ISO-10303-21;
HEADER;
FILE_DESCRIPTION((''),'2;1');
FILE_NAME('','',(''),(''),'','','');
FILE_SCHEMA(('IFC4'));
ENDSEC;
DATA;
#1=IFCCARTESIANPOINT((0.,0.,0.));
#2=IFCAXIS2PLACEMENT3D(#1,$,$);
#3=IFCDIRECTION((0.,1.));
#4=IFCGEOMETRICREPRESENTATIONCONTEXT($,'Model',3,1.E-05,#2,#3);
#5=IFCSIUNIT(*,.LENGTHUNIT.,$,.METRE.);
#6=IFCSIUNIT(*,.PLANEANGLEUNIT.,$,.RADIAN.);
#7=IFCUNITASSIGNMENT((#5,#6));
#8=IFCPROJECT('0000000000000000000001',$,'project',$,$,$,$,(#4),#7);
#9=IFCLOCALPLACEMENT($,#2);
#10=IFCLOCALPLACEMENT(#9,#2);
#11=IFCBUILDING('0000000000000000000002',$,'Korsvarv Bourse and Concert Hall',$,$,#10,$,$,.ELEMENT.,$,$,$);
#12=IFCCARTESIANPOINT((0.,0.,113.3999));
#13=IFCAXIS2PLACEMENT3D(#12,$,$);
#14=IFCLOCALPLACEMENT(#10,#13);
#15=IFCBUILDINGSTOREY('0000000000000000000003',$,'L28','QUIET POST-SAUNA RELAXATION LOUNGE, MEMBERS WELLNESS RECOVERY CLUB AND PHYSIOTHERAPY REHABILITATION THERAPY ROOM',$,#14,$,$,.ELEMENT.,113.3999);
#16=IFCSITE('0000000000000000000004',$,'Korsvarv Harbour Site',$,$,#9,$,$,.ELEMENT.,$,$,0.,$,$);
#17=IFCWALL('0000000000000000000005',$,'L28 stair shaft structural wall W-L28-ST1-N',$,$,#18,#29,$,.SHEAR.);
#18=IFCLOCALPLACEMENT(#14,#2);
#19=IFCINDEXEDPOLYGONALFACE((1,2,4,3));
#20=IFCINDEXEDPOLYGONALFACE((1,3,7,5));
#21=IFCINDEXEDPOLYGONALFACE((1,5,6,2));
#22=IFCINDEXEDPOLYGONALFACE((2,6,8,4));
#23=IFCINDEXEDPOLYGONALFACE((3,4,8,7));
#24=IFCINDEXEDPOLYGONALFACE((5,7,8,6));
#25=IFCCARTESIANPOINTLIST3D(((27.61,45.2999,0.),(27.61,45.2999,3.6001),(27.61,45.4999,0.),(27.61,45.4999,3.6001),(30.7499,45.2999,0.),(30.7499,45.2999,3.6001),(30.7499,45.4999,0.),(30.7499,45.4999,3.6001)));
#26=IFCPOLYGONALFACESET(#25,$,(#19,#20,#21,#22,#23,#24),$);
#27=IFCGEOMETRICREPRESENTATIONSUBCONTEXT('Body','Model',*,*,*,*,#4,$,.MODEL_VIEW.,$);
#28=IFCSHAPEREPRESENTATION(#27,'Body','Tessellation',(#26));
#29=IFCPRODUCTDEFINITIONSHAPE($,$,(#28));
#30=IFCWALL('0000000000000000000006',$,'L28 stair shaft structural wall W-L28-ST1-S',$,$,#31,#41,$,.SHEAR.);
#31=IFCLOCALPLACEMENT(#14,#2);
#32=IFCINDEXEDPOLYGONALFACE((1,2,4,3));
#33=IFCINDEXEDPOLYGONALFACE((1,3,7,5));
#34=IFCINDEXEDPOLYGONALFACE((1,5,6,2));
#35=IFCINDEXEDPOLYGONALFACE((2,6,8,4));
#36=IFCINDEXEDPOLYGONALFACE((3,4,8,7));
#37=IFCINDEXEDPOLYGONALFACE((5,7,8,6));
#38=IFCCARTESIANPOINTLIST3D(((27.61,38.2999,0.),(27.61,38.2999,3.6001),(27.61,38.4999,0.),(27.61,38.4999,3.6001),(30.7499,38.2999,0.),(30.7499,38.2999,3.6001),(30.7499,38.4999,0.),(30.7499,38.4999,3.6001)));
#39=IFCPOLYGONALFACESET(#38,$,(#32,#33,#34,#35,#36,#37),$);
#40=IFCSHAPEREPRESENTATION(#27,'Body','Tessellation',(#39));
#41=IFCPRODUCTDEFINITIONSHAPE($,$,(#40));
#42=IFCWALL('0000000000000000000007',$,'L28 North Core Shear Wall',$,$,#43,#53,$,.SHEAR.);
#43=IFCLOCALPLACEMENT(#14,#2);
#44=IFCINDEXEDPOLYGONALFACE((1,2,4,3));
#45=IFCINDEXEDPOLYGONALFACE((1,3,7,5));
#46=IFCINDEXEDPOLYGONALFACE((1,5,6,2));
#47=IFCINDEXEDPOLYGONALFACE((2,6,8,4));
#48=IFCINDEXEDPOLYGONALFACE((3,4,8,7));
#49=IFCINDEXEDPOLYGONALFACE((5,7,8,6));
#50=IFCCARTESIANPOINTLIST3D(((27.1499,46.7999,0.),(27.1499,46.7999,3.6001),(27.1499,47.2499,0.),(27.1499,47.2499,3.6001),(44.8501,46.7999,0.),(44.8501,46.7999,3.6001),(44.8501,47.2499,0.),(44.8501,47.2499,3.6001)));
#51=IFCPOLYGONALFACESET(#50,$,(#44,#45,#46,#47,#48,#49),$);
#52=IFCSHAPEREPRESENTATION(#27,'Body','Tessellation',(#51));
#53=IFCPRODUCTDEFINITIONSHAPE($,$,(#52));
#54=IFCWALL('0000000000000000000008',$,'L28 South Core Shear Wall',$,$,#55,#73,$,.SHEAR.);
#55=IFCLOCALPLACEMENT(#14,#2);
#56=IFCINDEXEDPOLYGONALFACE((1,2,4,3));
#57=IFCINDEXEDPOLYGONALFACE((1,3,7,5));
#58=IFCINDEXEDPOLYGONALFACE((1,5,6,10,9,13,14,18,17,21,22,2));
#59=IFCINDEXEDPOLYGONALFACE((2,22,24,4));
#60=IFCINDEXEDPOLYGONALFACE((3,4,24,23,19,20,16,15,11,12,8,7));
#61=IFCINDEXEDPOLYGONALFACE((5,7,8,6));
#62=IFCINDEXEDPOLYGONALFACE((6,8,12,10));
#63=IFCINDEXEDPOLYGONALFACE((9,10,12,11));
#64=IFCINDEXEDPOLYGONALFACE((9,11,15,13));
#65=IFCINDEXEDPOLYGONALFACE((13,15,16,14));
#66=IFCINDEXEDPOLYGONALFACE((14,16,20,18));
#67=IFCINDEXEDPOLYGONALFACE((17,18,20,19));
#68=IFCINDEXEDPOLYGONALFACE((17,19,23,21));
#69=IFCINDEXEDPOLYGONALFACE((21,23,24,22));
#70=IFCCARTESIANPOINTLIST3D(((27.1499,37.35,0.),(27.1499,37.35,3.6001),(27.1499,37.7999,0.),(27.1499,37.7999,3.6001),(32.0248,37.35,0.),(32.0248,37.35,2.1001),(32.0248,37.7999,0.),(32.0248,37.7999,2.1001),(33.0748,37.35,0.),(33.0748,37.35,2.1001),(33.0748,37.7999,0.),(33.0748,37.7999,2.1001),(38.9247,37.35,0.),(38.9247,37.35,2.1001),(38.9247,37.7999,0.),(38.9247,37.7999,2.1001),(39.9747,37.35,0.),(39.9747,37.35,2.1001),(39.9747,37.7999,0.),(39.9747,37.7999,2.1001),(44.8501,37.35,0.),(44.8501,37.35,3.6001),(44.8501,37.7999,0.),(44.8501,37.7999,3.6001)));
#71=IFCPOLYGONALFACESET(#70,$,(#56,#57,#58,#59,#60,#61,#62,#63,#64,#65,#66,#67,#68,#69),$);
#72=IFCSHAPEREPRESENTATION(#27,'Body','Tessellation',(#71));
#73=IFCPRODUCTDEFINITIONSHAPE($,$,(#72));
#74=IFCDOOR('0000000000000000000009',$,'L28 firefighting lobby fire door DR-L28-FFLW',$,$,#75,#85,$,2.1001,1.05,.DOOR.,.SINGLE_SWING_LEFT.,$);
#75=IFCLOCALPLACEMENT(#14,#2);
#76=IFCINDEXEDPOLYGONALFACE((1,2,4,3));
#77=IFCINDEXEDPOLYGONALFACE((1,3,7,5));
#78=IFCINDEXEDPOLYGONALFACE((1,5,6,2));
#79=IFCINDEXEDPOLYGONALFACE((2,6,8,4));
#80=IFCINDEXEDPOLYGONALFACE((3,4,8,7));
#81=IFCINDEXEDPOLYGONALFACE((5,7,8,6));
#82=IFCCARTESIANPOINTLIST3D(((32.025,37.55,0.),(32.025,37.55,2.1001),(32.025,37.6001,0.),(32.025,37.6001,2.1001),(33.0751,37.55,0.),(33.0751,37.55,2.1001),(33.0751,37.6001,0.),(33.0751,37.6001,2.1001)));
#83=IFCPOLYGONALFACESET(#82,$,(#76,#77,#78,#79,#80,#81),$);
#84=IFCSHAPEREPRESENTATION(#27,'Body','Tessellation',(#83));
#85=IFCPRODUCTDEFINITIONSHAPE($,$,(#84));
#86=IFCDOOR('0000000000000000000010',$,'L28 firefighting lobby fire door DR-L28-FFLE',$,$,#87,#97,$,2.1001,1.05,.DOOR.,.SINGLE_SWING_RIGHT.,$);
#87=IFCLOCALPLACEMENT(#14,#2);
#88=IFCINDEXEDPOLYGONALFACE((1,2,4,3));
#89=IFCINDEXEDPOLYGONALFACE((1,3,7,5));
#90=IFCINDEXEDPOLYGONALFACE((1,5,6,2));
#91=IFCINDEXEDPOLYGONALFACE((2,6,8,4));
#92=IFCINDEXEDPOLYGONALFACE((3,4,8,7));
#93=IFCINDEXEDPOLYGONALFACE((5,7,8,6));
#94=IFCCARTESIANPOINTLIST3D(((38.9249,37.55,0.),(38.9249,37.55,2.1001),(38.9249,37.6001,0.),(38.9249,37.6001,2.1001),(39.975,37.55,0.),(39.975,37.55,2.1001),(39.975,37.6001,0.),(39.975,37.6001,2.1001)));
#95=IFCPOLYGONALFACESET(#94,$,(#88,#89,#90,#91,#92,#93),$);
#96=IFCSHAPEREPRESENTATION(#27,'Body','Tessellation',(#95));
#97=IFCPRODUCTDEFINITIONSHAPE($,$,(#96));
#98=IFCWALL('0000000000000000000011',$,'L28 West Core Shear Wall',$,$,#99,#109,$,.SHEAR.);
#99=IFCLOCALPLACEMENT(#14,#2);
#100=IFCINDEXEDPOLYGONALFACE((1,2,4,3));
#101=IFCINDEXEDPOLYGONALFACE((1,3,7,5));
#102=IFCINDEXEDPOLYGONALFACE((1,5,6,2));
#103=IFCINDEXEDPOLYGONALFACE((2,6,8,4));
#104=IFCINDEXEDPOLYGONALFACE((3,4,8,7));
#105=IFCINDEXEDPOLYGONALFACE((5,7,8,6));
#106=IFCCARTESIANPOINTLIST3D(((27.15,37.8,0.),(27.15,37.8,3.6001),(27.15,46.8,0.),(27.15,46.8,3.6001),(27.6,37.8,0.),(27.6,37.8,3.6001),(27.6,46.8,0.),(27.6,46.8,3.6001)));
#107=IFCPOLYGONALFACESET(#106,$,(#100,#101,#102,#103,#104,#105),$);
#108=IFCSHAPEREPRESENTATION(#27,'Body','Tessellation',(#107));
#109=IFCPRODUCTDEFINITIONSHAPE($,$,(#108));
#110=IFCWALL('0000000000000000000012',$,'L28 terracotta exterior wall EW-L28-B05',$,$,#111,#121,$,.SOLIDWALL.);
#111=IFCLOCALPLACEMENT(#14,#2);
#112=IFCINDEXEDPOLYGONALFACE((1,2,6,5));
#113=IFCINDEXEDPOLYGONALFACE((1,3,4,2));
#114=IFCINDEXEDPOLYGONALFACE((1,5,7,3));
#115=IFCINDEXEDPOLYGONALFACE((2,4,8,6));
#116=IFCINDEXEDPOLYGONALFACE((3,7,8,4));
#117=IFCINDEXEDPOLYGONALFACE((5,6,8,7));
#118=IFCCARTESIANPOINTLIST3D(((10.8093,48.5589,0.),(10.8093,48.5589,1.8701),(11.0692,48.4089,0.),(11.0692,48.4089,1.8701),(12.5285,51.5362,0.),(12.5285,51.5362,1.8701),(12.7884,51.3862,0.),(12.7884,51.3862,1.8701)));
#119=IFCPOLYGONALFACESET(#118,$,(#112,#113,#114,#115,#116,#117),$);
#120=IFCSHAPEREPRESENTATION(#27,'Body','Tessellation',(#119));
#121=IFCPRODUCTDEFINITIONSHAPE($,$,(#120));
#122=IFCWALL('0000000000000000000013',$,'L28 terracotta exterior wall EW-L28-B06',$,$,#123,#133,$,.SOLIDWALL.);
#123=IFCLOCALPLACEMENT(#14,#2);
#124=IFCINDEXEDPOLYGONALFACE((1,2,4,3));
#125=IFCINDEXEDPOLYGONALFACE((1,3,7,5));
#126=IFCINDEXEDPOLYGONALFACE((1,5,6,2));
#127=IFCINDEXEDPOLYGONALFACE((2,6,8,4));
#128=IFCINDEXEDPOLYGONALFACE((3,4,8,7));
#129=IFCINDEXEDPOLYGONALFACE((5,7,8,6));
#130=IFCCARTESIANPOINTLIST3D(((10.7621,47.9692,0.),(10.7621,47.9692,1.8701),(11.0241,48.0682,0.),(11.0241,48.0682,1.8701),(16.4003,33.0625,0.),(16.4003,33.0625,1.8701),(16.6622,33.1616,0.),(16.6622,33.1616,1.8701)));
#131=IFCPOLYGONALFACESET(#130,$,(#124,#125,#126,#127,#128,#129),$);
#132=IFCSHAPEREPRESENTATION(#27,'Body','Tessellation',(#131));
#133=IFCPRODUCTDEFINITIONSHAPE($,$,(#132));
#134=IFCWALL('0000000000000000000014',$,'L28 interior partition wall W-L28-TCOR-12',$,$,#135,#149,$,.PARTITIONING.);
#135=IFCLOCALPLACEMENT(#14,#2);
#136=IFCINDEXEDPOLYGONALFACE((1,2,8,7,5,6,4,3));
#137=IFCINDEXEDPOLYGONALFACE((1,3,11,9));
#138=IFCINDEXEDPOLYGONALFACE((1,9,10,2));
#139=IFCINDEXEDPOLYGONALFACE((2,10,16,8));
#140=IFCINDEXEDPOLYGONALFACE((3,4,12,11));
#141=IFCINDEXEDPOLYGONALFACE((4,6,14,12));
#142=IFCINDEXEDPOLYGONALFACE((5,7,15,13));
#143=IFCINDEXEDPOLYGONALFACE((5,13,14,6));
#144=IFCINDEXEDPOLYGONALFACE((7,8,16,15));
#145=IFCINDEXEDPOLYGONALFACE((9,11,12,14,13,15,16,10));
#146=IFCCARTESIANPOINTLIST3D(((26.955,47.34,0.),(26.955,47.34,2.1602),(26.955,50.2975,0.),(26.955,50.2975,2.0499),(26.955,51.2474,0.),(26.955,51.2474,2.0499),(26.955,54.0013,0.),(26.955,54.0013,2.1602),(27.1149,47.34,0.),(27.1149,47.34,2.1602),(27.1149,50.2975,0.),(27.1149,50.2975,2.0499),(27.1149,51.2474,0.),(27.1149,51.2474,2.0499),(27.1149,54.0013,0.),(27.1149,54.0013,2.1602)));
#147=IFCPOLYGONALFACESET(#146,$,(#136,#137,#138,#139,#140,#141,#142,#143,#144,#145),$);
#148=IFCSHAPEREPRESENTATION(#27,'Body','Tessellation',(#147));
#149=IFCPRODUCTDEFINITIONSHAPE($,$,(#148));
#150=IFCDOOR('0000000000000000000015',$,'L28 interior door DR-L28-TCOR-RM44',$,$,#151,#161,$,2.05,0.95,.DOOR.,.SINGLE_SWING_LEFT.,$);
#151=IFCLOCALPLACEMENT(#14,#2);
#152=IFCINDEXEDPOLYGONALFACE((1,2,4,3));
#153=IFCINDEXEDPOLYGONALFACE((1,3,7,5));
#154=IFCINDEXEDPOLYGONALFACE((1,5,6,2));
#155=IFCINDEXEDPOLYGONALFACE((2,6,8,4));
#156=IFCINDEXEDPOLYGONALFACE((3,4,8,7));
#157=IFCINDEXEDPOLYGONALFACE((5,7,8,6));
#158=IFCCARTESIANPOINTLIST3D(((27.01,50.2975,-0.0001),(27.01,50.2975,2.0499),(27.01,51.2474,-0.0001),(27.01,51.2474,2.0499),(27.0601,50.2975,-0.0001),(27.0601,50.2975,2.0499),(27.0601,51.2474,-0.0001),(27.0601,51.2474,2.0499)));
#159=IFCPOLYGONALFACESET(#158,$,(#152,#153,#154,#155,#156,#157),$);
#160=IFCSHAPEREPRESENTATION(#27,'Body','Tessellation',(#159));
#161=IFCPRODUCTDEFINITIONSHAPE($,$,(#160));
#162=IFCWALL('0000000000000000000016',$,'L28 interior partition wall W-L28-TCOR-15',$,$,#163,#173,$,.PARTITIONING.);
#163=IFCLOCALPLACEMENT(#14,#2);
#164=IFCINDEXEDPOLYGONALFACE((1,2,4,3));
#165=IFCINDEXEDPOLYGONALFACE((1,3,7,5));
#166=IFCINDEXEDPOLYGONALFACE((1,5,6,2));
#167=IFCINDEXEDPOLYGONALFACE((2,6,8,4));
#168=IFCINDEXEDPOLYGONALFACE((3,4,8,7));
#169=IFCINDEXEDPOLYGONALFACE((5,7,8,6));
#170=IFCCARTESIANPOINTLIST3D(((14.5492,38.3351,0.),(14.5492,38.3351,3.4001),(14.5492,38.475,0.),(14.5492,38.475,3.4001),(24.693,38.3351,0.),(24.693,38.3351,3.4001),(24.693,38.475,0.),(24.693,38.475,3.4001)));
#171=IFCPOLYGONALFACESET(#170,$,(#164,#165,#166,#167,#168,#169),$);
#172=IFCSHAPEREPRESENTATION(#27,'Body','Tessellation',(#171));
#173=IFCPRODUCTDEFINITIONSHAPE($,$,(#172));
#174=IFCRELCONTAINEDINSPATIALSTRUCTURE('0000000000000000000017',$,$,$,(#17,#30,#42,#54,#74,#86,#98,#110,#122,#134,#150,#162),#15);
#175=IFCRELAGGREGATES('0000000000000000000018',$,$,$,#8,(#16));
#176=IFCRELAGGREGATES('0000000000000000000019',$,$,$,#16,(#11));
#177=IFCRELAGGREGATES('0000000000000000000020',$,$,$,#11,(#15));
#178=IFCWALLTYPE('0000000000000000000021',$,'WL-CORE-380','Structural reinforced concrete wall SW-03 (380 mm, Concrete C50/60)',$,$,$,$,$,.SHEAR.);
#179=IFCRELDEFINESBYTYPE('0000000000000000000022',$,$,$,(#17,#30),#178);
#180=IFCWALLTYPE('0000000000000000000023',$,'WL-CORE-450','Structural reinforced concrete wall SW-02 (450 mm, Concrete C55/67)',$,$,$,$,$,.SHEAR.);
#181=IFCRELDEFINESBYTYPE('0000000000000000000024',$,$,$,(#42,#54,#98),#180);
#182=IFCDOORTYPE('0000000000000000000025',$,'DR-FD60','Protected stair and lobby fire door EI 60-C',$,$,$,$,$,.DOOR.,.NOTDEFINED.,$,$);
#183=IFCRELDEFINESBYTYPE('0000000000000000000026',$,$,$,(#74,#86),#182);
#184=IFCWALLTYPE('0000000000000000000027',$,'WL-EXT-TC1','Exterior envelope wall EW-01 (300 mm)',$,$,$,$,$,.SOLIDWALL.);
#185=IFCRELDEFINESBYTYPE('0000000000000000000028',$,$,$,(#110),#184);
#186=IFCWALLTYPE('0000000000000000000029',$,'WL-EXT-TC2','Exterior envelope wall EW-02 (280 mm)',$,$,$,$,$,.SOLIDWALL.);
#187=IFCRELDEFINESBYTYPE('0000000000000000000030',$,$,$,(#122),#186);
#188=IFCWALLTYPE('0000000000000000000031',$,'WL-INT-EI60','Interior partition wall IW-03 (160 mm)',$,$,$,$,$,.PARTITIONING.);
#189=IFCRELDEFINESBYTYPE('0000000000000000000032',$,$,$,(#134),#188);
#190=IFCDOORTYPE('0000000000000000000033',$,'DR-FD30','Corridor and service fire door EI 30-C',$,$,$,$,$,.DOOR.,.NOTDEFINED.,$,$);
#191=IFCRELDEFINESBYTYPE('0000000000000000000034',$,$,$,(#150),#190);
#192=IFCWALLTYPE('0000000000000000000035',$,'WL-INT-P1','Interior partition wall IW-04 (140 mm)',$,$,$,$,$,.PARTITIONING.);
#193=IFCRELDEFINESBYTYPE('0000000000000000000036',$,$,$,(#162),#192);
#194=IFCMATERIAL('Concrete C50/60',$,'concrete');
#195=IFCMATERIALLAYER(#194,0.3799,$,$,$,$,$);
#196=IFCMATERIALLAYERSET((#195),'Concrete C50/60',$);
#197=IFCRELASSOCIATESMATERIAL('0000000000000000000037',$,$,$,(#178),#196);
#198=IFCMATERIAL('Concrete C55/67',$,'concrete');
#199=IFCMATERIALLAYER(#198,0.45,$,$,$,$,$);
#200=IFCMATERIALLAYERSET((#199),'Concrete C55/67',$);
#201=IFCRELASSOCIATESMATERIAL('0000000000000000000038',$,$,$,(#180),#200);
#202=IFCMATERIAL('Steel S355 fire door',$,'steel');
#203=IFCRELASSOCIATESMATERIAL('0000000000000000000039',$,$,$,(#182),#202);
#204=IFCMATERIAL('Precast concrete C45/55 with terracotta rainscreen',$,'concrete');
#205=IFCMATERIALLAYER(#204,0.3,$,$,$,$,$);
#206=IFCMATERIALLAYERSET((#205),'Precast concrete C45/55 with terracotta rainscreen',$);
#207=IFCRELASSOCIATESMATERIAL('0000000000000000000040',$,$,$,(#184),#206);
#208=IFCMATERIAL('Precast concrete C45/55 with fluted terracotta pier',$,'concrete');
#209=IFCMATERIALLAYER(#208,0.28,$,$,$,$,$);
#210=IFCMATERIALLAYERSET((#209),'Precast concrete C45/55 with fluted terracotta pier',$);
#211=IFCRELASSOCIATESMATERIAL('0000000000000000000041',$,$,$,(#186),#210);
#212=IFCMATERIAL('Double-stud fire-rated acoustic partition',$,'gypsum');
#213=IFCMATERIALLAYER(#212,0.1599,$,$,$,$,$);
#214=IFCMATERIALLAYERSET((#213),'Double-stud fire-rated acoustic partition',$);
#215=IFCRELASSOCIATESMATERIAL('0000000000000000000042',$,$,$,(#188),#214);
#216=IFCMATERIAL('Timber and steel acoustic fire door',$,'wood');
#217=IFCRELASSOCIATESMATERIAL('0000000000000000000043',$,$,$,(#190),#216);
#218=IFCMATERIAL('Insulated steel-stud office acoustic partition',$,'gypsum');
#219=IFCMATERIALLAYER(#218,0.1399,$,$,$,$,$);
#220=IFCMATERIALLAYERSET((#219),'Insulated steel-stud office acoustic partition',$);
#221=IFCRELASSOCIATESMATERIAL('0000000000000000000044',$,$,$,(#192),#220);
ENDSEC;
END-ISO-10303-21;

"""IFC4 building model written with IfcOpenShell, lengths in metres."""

from ifc_helpers import new_model, si_unit, direction, frame, frame_2d, origin, place, context, subcontext, project, spatial, rectangle, extrude, material, layer, layer_set, type_object, element, fill, save


model = new_model("IFC4")

# Units and contexts
model_context = context("Model", 3, precision=1e-05, world=origin(), true_north=direction((0.0, 1.0)))
body_context = subcontext(model_context, "Body", "Model", "MODEL_VIEW")
ifc_project = project(units=[si_unit("LENGTHUNIT", "METRE"), si_unit("PLANEANGLEUNIT", "RADIAN")], contexts=[model_context])

# Site, building, storey
site_placement = place(None, origin())
site = spatial("IfcSite", under=ifc_project, at=site_placement, Name="Korsvarv Harbour Site", CompositionType="ELEMENT", RefElevation=0.0)
building_placement = place(site_placement, origin())
building = spatial("IfcBuilding", under=site, at=building_placement, Name="Korsvarv Bourse and Concert Hall", CompositionType="ELEMENT")
storey_placement = place(building_placement, frame((0.0, 0.0, 113.3999)))
storey = spatial("IfcBuildingStorey", under=building, at=storey_placement, Name="L28", Description="QUIET POST-SAUNA RELAXATION LOUNGE, MEMBERS WELLNESS RECOVERY CLUB AND PHYSIOTHERAPY REHABILITATION THERAPY ROOM", CompositionType="ELEMENT", Elevation=113.3999)

# Shared definitions
ifc_material_1 = material(Name="Concrete C50/60", Category="concrete")

# Walls
ifc_layer_1 = layer(ifc_material_1, 0.3799)
ifc_layer_set_1 = layer_set([ifc_layer_1], Name="Concrete C50/60")
wall_type_1 = type_object("IfcWallType", Name="WL-CORE-380", Description="Structural reinforced concrete wall SW-03 (380 mm, Concrete C50/60)", PredefinedType="SHEAR", material=ifc_layer_set_1)
for number, where, z_axis, x_axis, name in (
    (1, (27.6101, 45.3999, 0.0), (0.0, 0.0, 1.0), (1.0, 0.0, 0.0), "L28 stair shaft structural wall W-L28-ST1-N"),
    (2, (27.6101, 38.3999, 0.0), (0.0, 0.0, 1.0), (1.0, 0.0, 0.0), "L28 stair shaft structural wall W-L28-ST1-S"),
):
    element("IfcWall", number, at=place(storey_placement, frame(where, z_axis=z_axis, x_axis=x_axis)), inside=storey, type_object=wall_type_1, Name=name, PredefinedType="SHEAR", context=body_context, shape_type="SweptSolid", body=[
        extrude(rectangle(XDim=3.1399, YDim=0.2, at=frame_2d((1.5698, 0.0))), origin(), (0.0, 0.0, 1.0), 3.6001),
    ])
ifc_material_2 = material(Name="Concrete C55/67", Category="concrete")
ifc_layer_2 = layer(ifc_material_2, 0.45)
ifc_layer_set_2 = layer_set([ifc_layer_2], Name="Concrete C55/67")
wall_type_2 = type_object("IfcWallType", Name="WL-CORE-450", Description="Structural reinforced concrete wall SW-02 (450 mm, Concrete C55/67)", PredefinedType="SHEAR", material=ifc_layer_set_2)
wall_1_placement = place(storey_placement, frame((27.1499, 47.0249, 0.0), z_axis=(0.0, 0.0, 1.0), x_axis=(1.0, 0.0, 0.0)))
element("IfcWall", 3, at=wall_1_placement, inside=storey, type_object=wall_type_2, Name="L28 North Core Shear Wall", PredefinedType="SHEAR", context=body_context, shape_type="SweptSolid", body=[
    extrude(rectangle(XDim=17.7002, YDim=0.45, at=frame_2d((8.8501, 0.0))), origin(), (0.0, 0.0, 1.0), 3.6001),
])

# Wall, openings, doors
wall_2_placement = place(storey_placement, frame((27.1499, 37.575, 0.0), z_axis=(0.0, 0.0, 1.0), x_axis=(1.0, 0.0, 0.0)))
wall_2 = element("IfcWall", 4, at=wall_2_placement, inside=storey, type_object=wall_type_2, Name="L28 South Core Shear Wall", PredefinedType="SHEAR", context=body_context, shape_type="SweptSolid", body=[
    extrude(rectangle(XDim=17.7002, YDim=0.45, at=frame_2d((8.8501, 0.0))), origin(), (0.0, 0.0, 1.0), 3.6001),
])
opening_1_placement = place(wall_2_placement, frame((4.875, 0.0, 0.0)))
opening_1 = element("IfcOpeningElement", 5, at=opening_1_placement, cuts=wall_2, PredefinedType="OPENING", context=body_context, shape_type="SweptSolid", body=[
    extrude(rectangle(XDim=1.05, YDim=2.1001, at=frame_2d((0.5249, 1.05))), frame((0.0, 0.2349, 0.0), z_axis=(0.0, -1.0, 0.0), x_axis=(1.0, 0.0, 0.0)), (0.0, 0.0, 1.0), 0.47),
])
opening_2_placement = place(wall_2_placement, frame((11.7749, 0.0, 0.0)))
opening_2 = element("IfcOpeningElement", 6, at=opening_2_placement, cuts=wall_2, PredefinedType="OPENING", context=body_context, shape_type="SweptSolid", body=[
    extrude(rectangle(XDim=1.05, YDim=2.1001, at=frame_2d((0.5249, 1.05))), frame((0.0, 0.2349, 0.0), z_axis=(0.0, -1.0, 0.0), x_axis=(1.0, 0.0, 0.0)), (0.0, 0.0, 1.0), 0.47),
])
ifc_material_3 = material(Name="Steel S355 fire door", Category="steel")
door_type_1 = type_object("IfcDoorType", Name="DR-FD60", Description="Protected stair and lobby fire door EI 60-C", OperationType="NOTDEFINED", PredefinedType="DOOR", material=ifc_material_3)
door_1_placement = place(opening_1_placement, frame((1.05, 0.0, 0.0), z_axis=(0.0, 0.0, 1.0), x_axis=(-1.0, 0.0, 0.0)))
door_1 = element("IfcDoor", 7, at=door_1_placement, inside=storey, type_object=door_type_1, Name="L28 firefighting lobby fire door DR-L28-FFLW", OperationType="SINGLE_SWING_LEFT", OverallHeight=2.1001, OverallWidth=1.05, PredefinedType="DOOR", context=body_context, shape_type="SweptSolid", body=[
    extrude(rectangle(XDim=1.05, YDim=2.1001, at=frame_2d((0.5249, 1.05))), frame((0.0, 0.0249, 0.0), z_axis=(0.0, -1.0, 0.0), x_axis=(1.0, 0.0, 0.0)), (0.0, 0.0, 1.0), 0.05),
])
fill(opening_1, door_1)
door_2_placement = place(opening_2_placement, frame((1.05, 0.0, 0.0), z_axis=(0.0, 0.0, 1.0), x_axis=(-1.0, 0.0, 0.0)))
door_2 = element("IfcDoor", 8, at=door_2_placement, inside=storey, type_object=door_type_1, Name="L28 firefighting lobby fire door DR-L28-FFLE", OperationType="SINGLE_SWING_RIGHT", OverallHeight=2.1001, OverallWidth=1.05, PredefinedType="DOOR", context=body_context, shape_type="SweptSolid", body=[
    extrude(rectangle(XDim=1.05, YDim=2.1001, at=frame_2d((0.5249, 1.05))), frame((0.0, 0.0249, 0.0), z_axis=(0.0, -1.0, 0.0), x_axis=(1.0, 0.0, 0.0)), (0.0, 0.0, 1.0), 0.05),
])
fill(opening_2, door_2)

# Walls
wall_3_placement = place(storey_placement, frame((27.375, 37.8, 0.0), z_axis=(0.0, 0.0, 1.0), x_axis=(0.0, 1.0, 0.0)))
element("IfcWall", 9, at=wall_3_placement, inside=storey, type_object=wall_type_2, Name="L28 West Core Shear Wall", PredefinedType="SHEAR", context=body_context, shape_type="SweptSolid", body=[
    extrude(rectangle(XDim=9.0, YDim=0.45, at=frame_2d((4.5, 0.0))), origin(), (0.0, 0.0, 1.0), 3.6001),
])
ifc_material_4 = material(Name="Precast concrete C45/55 with terracotta rainscreen", Category="concrete")
ifc_layer_3 = layer(ifc_material_4, 0.3)
ifc_layer_set_3 = layer_set([ifc_layer_3], Name="Precast concrete C45/55 with terracotta rainscreen")
wall_type_3 = type_object("IfcWallType", Name="WL-EXT-TC1", Description="Exterior envelope wall EW-01 (300 mm)", PredefinedType="SOLIDWALL", material=ifc_layer_set_3)
wall_4_placement = place(storey_placement, frame((12.6584, 51.4612, 0.0), z_axis=(0.0, 0.0, 1.0), x_axis=(-0.500065, -0.865988, 0.0)))
element("IfcWall", 10, at=wall_4_placement, inside=storey, type_object=wall_type_3, Name="L28 terracotta exterior wall EW-L28-B05", PredefinedType="SOLIDWALL", context=body_context, shape_type="SweptSolid", body=[
    extrude(rectangle(XDim=3.438, YDim=0.3, at=frame_2d((1.719, 0.0))), origin(), (0.0, 0.0, 1.0), 1.8701),
])
ifc_material_5 = material(Name="Precast concrete C45/55 with fluted terracotta pier", Category="concrete")
ifc_layer_4 = layer(ifc_material_5, 0.28)
ifc_layer_set_4 = layer_set([ifc_layer_4], Name="Precast concrete C45/55 with fluted terracotta pier")
wall_type_4 = type_object("IfcWallType", Name="WL-EXT-TC2", Description="Exterior envelope wall EW-02 (280 mm)", PredefinedType="SOLIDWALL", material=ifc_layer_set_4)
wall_5_placement = place(storey_placement, frame((10.8931, 48.0188, 0.0), z_axis=(0.0, 0.0, 1.0), x_axis=(0.353771, -0.935332, 0.0)))
element("IfcWall", 11, at=wall_5_placement, inside=storey, type_object=wall_type_4, Name="L28 terracotta exterior wall EW-L28-B06", PredefinedType="SOLIDWALL", context=body_context, shape_type="SweptSolid", body=[
    extrude(rectangle(XDim=15.9373, YDim=0.28, at=frame_2d((7.9688, 0.0))), origin(), (0.0, 0.0, 1.0), 1.8701),
])

# Wall, opening, door
ifc_material_6 = material(Name="Double-stud fire-rated acoustic partition", Category="gypsum")
ifc_layer_5 = layer(ifc_material_6, 0.1599)
ifc_layer_set_5 = layer_set([ifc_layer_5], Name="Double-stud fire-rated acoustic partition")
wall_type_5 = type_object("IfcWallType", Name="WL-INT-EI60", Description="Interior partition wall IW-03 (160 mm)", PredefinedType="PARTITIONING", material=ifc_layer_set_5)
wall_6_placement = place(storey_placement, frame((27.0349, 47.3401, 0.0), z_axis=(0.0, 0.0, 1.0), x_axis=(0.0, 1.0, 0.0)))
wall_6 = element("IfcWall", 12, at=wall_6_placement, inside=storey, type_object=wall_type_5, Name="L28 interior partition wall W-L28-TCOR-12", PredefinedType="PARTITIONING", context=body_context, shape_type="SweptSolid", body=[
    extrude(rectangle(XDim=6.6614, YDim=0.1599, at=frame_2d((3.3306, 0.0))), origin(), (0.0, 0.0, 1.0), 2.1602),
])
opening_3_placement = place(wall_6_placement, frame((2.9573, 0.0, 0.0)))
opening_3 = element("IfcOpeningElement", 13, at=opening_3_placement, cuts=wall_6, PredefinedType="OPENING", context=body_context, shape_type="SweptSolid", body=[
    extrude(rectangle(XDim=0.95, YDim=2.05, at=frame_2d((0.4751, 1.0249))), frame((0.0, 0.0898, 0.0), z_axis=(0.0, -1.0, 0.0), x_axis=(1.0, 0.0, 0.0)), (0.0, 0.0, 1.0), 0.1799),
])
ifc_material_7 = material(Name="Timber and steel acoustic fire door", Category="wood")
door_type_2 = type_object("IfcDoorType", Name="DR-FD30", Description="Corridor and service fire door EI 30-C", OperationType="NOTDEFINED", PredefinedType="DOOR", material=ifc_material_7)
door_3_placement = place(opening_3_placement, origin())
door_3 = element("IfcDoor", 14, at=door_3_placement, inside=storey, type_object=door_type_2, Name="L28 interior door DR-L28-TCOR-RM44", OperationType="SINGLE_SWING_LEFT", OverallHeight=2.05, OverallWidth=0.95, PredefinedType="DOOR", context=body_context, shape_type="SweptSolid", body=[
    extrude(rectangle(XDim=0.95, YDim=2.05, at=frame_2d((0.4751, 1.0249))), frame((0.0, 0.0249, 0.0), z_axis=(0.0, -1.0, 0.0), x_axis=(1.0, 0.0, 0.0)), (0.0, 0.0, 1.0), 0.05),
])
fill(opening_3, door_3)

# Wall
ifc_material_8 = material(Name="Insulated steel-stud office acoustic partition", Category="gypsum")
ifc_layer_6 = layer(ifc_material_8, 0.1399)
ifc_layer_set_6 = layer_set([ifc_layer_6], Name="Insulated steel-stud office acoustic partition")
wall_type_6 = type_object("IfcWallType", Name="WL-INT-P1", Description="Interior partition wall IW-04 (140 mm)", PredefinedType="PARTITIONING", material=ifc_layer_set_6)
wall_7_placement = place(storey_placement, frame((14.5493, 38.405, 0.0), z_axis=(0.0, 0.0, 1.0), x_axis=(1.0, 0.0, 0.0)))
element("IfcWall", 15, at=wall_7_placement, inside=storey, type_object=wall_type_6, Name="L28 interior partition wall W-L28-TCOR-15", PredefinedType="PARTITIONING", context=body_context, shape_type="SweptSolid", body=[
    extrude(rectangle(XDim=10.1438, YDim=0.1399, at=frame_2d((5.0718, 0.0))), origin(), (0.0, 0.0, 1.0), 3.4001),
])

save(model, "model.ifc")
